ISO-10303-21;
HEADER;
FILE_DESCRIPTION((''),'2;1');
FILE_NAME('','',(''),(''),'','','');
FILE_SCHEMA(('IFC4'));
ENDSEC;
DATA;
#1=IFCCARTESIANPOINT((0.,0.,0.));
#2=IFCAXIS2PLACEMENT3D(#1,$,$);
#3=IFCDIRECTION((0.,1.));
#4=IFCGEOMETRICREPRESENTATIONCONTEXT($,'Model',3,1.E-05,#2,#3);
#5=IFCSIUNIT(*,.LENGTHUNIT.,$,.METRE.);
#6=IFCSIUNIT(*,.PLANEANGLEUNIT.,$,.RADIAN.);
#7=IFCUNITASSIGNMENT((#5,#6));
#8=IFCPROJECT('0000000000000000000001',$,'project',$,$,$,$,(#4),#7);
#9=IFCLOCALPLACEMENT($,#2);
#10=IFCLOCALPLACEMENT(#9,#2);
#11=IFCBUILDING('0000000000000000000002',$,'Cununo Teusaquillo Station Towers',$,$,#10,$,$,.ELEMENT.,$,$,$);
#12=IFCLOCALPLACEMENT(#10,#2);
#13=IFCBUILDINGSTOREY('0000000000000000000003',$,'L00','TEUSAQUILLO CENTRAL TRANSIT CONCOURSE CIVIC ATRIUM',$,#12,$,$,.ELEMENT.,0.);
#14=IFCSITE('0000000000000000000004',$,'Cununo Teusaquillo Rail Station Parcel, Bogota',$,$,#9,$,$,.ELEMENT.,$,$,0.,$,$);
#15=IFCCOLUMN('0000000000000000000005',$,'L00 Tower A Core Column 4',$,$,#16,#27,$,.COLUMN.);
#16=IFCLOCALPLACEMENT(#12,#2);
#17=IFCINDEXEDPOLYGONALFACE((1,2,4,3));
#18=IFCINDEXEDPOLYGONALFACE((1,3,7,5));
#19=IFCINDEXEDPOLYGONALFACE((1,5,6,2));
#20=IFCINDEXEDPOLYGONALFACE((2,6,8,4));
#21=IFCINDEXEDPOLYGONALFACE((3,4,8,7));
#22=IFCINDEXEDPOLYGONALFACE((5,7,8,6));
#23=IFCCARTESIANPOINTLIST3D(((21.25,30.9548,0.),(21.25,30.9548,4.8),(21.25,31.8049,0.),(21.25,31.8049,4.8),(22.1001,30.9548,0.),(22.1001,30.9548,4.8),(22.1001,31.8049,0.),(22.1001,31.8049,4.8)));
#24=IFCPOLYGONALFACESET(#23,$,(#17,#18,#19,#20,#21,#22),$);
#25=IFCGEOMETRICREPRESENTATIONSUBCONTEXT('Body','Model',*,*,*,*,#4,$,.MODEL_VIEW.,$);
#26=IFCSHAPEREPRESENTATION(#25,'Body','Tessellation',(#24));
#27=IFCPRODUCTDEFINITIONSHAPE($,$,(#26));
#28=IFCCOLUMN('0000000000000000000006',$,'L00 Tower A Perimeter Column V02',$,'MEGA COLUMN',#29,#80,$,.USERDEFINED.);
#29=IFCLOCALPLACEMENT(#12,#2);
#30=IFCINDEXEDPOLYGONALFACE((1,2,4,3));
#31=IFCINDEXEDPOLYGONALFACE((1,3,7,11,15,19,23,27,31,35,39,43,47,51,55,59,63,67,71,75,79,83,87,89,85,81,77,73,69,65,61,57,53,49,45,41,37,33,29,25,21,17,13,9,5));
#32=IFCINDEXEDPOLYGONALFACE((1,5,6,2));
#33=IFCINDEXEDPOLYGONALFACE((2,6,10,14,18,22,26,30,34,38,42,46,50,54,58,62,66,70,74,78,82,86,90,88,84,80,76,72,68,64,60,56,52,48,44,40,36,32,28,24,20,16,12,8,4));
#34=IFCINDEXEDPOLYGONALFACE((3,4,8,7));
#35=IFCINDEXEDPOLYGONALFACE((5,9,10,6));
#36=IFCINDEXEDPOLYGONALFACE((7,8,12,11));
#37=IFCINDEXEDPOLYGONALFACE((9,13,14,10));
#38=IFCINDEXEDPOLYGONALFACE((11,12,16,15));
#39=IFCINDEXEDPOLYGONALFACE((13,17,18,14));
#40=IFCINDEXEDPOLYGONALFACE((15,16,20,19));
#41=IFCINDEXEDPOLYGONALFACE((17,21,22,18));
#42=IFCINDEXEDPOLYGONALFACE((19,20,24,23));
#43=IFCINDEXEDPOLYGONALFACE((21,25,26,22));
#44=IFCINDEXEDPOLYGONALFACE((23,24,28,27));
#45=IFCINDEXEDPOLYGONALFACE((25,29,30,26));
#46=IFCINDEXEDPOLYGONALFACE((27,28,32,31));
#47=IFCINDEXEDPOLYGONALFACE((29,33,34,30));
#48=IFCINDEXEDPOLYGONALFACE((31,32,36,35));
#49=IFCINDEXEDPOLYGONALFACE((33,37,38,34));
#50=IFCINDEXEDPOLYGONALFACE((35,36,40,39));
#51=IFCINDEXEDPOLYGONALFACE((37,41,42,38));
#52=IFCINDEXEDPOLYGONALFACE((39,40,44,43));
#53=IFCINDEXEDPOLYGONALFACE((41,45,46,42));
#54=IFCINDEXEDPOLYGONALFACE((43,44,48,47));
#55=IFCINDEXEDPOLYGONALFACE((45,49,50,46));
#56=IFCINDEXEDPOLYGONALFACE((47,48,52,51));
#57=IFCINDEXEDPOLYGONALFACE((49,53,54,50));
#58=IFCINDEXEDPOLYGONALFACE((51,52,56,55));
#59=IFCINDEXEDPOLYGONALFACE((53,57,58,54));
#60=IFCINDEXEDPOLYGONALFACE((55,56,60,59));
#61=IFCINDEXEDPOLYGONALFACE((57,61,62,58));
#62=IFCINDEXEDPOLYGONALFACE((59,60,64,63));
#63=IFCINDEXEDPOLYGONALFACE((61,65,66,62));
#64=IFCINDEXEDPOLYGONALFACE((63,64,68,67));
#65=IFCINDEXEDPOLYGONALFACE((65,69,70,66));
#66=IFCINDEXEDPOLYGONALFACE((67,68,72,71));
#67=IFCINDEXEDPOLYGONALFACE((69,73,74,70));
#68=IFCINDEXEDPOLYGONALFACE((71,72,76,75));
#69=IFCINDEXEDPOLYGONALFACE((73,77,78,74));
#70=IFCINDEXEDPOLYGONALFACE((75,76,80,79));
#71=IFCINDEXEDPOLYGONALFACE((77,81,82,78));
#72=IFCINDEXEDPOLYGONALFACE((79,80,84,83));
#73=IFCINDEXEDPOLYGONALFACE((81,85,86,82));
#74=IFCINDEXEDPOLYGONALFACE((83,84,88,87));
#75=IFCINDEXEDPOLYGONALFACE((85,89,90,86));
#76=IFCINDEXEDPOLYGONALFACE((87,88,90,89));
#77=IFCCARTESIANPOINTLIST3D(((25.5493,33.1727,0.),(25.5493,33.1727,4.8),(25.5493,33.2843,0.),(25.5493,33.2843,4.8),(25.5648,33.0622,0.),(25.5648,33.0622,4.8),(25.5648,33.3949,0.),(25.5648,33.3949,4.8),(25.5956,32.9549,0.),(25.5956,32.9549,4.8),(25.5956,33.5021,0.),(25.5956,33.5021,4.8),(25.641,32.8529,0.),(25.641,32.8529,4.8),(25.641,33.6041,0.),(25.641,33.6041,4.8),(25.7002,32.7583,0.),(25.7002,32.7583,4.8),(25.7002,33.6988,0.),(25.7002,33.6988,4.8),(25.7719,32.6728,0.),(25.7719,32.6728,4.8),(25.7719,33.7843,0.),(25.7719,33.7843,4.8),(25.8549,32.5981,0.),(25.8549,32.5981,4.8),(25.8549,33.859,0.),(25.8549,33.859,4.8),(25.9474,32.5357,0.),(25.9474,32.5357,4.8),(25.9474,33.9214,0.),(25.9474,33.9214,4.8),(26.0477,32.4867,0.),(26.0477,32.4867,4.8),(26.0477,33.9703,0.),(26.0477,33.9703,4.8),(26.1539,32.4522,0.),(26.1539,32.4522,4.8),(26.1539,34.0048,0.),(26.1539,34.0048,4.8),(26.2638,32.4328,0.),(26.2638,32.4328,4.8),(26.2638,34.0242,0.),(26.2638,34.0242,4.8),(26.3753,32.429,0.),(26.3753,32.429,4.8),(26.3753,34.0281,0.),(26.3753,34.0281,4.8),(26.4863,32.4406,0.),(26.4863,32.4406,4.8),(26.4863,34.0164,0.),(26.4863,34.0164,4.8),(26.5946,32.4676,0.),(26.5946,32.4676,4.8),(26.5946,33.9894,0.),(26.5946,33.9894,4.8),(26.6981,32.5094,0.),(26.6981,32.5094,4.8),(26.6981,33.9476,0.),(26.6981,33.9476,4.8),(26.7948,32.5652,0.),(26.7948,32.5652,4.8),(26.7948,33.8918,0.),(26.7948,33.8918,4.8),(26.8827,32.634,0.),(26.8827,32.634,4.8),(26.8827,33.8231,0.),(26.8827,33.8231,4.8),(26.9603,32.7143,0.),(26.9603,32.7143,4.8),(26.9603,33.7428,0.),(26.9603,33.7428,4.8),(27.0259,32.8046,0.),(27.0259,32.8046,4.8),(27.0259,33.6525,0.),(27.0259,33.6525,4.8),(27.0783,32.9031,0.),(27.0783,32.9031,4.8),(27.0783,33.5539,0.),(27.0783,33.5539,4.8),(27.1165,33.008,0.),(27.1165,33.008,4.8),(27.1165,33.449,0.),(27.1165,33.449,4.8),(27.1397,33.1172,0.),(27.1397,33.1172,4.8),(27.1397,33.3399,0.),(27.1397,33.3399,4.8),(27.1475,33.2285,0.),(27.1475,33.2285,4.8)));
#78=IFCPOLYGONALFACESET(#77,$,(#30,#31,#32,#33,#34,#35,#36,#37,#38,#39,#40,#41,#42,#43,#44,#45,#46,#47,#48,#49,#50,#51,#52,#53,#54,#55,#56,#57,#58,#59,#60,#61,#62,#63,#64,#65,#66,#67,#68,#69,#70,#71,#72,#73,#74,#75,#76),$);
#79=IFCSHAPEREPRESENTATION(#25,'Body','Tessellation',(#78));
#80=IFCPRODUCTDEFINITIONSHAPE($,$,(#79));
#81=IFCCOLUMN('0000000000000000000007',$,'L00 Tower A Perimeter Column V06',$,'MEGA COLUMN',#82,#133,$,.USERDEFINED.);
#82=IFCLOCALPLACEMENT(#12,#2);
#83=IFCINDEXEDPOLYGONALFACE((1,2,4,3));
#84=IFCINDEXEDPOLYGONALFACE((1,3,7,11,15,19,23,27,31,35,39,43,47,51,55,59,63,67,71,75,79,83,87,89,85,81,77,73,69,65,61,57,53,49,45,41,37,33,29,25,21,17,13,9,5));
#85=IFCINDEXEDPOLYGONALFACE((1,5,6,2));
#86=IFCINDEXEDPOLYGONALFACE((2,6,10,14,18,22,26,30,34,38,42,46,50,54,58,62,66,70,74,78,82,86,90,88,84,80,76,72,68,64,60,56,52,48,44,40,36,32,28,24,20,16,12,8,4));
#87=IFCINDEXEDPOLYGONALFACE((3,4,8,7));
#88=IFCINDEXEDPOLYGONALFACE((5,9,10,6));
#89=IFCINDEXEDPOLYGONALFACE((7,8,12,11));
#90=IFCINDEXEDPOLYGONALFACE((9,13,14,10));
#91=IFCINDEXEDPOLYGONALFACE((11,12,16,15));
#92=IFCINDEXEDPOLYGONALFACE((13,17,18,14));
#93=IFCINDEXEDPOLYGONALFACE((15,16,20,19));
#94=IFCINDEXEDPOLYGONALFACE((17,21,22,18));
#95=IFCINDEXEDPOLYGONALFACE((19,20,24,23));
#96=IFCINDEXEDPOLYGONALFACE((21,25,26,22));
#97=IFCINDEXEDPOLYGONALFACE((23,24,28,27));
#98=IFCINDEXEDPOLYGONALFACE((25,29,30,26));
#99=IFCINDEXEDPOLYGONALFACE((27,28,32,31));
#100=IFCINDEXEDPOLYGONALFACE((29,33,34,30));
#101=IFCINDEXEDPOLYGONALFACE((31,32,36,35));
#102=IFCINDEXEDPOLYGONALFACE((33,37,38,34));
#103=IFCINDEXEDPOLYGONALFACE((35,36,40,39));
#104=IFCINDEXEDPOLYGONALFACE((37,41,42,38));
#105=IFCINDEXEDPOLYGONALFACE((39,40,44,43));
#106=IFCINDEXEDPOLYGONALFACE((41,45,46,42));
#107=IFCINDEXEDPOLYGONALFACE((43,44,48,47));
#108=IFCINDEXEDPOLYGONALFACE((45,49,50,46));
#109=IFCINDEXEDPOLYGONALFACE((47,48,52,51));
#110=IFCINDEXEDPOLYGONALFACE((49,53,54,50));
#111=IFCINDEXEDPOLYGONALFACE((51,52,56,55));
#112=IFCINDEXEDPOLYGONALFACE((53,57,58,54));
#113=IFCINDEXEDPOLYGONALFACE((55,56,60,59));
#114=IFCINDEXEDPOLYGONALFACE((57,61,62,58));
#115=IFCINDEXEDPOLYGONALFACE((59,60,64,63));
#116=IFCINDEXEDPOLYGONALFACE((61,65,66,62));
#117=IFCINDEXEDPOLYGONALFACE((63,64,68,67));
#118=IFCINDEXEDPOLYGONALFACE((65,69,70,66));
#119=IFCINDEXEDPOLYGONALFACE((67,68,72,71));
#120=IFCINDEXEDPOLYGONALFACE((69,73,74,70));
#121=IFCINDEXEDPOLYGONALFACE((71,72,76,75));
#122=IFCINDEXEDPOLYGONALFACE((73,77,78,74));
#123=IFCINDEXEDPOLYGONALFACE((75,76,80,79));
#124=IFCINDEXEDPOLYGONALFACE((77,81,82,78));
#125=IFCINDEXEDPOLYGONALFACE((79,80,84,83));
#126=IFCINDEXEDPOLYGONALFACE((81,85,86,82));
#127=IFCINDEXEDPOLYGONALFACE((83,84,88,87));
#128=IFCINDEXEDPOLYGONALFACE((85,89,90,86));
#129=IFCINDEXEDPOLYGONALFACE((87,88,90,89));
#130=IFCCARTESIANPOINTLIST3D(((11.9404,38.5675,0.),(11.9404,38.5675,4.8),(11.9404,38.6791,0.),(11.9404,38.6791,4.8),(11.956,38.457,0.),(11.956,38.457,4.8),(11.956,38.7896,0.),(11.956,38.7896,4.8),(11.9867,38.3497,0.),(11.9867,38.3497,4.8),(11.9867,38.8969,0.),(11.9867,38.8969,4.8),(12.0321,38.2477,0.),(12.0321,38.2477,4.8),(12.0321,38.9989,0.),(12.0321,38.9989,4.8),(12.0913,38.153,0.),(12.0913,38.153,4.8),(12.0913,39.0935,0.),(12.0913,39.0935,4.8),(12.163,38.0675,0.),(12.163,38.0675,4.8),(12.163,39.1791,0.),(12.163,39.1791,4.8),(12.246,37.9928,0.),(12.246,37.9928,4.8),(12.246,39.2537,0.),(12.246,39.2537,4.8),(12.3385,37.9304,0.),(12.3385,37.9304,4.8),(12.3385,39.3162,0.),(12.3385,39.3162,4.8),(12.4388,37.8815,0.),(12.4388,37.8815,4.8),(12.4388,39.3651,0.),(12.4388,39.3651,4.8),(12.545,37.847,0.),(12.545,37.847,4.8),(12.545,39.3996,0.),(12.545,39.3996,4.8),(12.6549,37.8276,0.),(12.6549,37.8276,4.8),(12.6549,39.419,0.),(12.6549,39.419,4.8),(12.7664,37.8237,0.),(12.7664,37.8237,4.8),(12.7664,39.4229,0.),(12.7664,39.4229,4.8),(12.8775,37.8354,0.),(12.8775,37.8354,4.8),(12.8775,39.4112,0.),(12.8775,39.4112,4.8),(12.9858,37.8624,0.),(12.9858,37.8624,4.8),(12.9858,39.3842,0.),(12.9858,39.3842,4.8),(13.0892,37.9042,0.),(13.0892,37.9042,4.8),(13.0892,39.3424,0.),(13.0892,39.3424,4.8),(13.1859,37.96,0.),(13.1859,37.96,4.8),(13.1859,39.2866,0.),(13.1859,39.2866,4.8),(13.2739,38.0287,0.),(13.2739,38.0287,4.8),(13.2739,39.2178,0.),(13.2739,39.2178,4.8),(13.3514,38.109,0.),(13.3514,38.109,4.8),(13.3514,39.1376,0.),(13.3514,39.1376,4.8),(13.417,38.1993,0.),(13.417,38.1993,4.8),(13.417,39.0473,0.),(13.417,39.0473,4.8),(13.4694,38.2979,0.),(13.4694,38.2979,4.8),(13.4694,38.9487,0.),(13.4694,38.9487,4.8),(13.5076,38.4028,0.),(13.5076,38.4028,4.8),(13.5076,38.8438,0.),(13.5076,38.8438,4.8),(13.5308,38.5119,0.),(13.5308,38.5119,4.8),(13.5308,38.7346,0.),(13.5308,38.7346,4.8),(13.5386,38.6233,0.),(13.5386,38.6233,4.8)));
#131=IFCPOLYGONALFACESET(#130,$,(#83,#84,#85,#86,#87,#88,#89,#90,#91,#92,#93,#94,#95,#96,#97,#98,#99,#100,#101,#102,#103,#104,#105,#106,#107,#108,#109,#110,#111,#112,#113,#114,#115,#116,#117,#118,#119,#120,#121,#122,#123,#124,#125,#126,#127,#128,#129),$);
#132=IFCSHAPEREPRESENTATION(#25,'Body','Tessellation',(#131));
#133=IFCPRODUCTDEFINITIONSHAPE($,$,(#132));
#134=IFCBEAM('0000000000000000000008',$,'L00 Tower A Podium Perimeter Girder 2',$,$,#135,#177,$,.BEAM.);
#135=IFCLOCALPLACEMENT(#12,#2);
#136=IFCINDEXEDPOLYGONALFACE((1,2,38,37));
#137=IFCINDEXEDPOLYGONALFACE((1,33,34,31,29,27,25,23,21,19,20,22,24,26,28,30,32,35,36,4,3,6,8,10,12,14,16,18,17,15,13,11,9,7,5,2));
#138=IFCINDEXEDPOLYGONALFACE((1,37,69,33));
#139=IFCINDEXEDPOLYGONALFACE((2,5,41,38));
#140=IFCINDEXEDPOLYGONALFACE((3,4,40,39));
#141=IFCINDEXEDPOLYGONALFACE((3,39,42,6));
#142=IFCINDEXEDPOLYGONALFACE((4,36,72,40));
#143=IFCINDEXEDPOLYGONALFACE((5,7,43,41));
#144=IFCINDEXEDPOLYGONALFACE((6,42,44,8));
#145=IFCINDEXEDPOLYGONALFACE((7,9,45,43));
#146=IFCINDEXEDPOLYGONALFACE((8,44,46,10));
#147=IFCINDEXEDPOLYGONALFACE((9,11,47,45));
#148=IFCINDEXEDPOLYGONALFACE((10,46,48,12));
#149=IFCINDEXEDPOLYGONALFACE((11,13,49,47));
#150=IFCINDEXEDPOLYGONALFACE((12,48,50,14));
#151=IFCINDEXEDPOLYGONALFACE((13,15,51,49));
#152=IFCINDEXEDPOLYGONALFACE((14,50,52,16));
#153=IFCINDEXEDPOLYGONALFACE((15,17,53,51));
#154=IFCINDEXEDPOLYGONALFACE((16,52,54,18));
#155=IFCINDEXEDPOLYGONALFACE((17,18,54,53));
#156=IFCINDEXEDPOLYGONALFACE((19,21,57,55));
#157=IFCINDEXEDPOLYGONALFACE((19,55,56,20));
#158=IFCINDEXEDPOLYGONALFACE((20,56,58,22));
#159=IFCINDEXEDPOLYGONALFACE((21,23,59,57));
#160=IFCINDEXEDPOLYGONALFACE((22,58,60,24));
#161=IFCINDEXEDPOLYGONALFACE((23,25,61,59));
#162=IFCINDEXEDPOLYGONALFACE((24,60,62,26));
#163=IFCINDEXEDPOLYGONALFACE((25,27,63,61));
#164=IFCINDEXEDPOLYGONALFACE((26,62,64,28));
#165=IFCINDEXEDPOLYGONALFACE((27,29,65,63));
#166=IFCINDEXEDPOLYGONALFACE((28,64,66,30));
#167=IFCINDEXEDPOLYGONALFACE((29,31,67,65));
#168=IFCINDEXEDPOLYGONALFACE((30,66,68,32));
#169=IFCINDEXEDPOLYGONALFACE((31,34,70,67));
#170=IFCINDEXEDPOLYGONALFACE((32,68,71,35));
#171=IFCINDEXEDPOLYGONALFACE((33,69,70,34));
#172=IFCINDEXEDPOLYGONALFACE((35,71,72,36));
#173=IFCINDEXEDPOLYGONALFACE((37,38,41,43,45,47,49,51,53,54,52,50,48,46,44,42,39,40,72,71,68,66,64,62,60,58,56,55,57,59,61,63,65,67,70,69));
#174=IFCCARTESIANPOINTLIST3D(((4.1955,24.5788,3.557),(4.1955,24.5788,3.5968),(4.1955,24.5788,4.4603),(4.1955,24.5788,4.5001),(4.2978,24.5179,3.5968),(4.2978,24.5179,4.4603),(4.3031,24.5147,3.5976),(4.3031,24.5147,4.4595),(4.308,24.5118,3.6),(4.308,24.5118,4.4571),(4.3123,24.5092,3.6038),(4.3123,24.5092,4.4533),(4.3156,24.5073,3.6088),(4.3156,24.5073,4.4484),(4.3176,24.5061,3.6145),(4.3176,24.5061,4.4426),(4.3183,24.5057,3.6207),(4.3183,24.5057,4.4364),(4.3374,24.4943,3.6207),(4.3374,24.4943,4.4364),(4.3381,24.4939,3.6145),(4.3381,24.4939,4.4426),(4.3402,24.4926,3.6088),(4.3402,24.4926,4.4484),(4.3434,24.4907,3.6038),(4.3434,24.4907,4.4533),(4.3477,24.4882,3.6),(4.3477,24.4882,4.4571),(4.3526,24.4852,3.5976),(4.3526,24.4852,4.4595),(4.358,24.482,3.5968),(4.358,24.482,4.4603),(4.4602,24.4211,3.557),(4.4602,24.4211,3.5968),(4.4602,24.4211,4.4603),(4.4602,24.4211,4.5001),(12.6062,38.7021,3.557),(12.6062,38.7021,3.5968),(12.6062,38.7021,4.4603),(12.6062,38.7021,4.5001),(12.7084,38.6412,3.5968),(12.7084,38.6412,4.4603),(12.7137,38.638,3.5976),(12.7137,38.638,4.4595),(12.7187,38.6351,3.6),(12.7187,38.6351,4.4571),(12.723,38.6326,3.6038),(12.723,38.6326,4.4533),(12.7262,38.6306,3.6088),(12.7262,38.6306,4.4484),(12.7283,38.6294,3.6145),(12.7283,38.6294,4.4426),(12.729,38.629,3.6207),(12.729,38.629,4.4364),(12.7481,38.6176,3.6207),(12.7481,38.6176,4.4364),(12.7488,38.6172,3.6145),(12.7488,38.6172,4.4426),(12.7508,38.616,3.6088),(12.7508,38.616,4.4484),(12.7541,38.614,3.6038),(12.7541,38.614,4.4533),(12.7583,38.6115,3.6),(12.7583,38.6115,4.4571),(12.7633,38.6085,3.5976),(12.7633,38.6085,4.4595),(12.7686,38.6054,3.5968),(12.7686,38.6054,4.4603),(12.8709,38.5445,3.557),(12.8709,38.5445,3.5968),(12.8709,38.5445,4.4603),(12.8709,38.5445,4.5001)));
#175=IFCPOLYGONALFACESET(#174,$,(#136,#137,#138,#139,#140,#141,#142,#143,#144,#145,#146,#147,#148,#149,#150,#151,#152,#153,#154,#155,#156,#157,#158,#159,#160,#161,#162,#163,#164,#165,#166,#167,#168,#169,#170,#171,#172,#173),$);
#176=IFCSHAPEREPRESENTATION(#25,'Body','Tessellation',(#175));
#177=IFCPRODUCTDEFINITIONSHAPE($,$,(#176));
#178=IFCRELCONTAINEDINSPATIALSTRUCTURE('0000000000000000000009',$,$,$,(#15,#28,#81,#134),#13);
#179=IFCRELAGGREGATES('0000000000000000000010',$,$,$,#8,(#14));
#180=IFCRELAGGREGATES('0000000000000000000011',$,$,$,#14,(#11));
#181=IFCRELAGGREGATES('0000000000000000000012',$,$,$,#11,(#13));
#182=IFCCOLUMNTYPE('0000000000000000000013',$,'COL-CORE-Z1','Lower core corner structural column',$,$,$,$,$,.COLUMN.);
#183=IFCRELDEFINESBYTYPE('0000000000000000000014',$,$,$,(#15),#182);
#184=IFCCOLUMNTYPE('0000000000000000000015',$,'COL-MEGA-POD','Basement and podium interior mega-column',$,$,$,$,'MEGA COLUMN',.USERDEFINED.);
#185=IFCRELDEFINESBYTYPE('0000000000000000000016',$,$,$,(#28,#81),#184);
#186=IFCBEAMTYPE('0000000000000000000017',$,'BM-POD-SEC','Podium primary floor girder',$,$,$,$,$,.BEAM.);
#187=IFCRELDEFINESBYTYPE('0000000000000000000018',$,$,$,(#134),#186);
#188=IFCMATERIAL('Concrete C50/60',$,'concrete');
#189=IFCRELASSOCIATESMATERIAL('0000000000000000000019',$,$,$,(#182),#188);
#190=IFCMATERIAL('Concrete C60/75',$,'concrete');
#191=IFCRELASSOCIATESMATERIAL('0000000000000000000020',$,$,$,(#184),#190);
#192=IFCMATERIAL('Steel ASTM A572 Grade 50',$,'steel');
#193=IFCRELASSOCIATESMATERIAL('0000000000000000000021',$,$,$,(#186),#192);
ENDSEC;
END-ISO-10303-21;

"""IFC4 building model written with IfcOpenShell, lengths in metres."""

from ifc_helpers import new_model, si_unit, direction, frame, origin, origin_2d, place, context, subcontext, project, spatial, rectangle, circle, i_section, extrude, material, material_profile, profile_set, type_object, element, save


model = new_model("IFC4")

# Units and contexts
model_context = context("Model", 3, precision=1e-05, world=origin(), true_north=direction((0.0, 1.0)))
body_context = subcontext(model_context, "Body", "Model", "MODEL_VIEW")
ifc_project = project(units=[si_unit("LENGTHUNIT", "METRE"), si_unit("PLANEANGLEUNIT", "RADIAN")], contexts=[model_context])

# Site, building, storey
site_placement = place(None, origin())
site = spatial("IfcSite", under=ifc_project, at=site_placement, Name="Cununo Teusaquillo Rail Station Parcel, Bogota", CompositionType="ELEMENT", RefElevation=0.0)
building_placement = place(site_placement, origin())
building = spatial("IfcBuilding", under=site, at=building_placement, Name="Cununo Teusaquillo Station Towers", CompositionType="ELEMENT")
storey_placement = place(building_placement, origin())
storey = spatial("IfcBuildingStorey", under=building, at=storey_placement, Name="L00", Description="TEUSAQUILLO CENTRAL TRANSIT CONCOURSE CIVIC ATRIUM", CompositionType="ELEMENT", Elevation=0.0)

# Columns
ifc_material_1 = material(Name="Concrete C50/60", Category="concrete")
ifc_material_profile_1 = material_profile(ifc_material_1, rectangle(XDim=0.8501, YDim=0.8501, at=origin_2d()), Name="RC-RECT-850x850")
ifc_profile_set_1 = profile_set([ifc_material_profile_1], Name="Concrete C50/60")
column_type_1 = type_object("IfcColumnType", Name="COL-CORE-Z1", Description="Lower core corner structural column", PredefinedType="COLUMN", material=ifc_profile_set_1)
column_placement = place(storey_placement, frame((21.675, 31.3799, 0.0), z_axis=(0.0, 0.0, 1.0), x_axis=(1.0, 0.0, 0.0)))
element("IfcColumn", 1, at=column_placement, inside=storey, type_object=column_type_1, Name="L00 Tower A Core Column 4", PredefinedType="COLUMN", context=body_context, shape_type="SweptSolid", body=[
    extrude(rectangle(XDim=0.8501, YDim=0.8501, at=origin_2d()), origin(), (0.0, 0.0, 1.0), 4.8),
])
ifc_material_2 = material(Name="Concrete C60/75", Category="concrete")
ifc_material_profile_2 = material_profile(ifc_material_2, circle(Radius=0.8, at=origin_2d()), Name="RC-CIRC-1600")
ifc_profile_set_2 = profile_set([ifc_material_profile_2], Name="Concrete C60/75")
column_type_2 = type_object("IfcColumnType", Name="COL-MEGA-POD", Description="Basement and podium interior mega-column", ElementType="MEGA COLUMN", PredefinedType="USERDEFINED", material=ifc_profile_set_2)
for number, where, z_axis, x_axis, name in (
    (2, (26.3474, 33.2285, 0.0), (0.0, 0.0, 1.0), (1.0, 0.0, 0.0), "L00 Tower A Perimeter Column V02"),
    (3, (12.7385, 38.6233, 0.0), (0.0, 0.0, 1.0), (1.0, 0.0, 0.0), "L00 Tower A Perimeter Column V06"),
):
    element("IfcColumn", number, at=place(storey_placement, frame(where, z_axis=z_axis, x_axis=x_axis)), inside=storey, type_object=column_type_2, Name=name, ObjectType="MEGA COLUMN", PredefinedType="USERDEFINED", context=body_context, shape_type="SweptSolid", body=[
        extrude(circle(Radius=0.8, at=origin_2d()), origin(), (0.0, 0.0, 1.0), 4.8),
    ])

# Beam
ifc_material_3 = material(Name="Steel ASTM A572 Grade 50", Category="steel")
ifc_material_profile_3 = material_profile(ifc_material_3, i_section(OverallWidth=0.3081, OverallDepth=0.9431, WebThickness=0.0222, FlangeThickness=0.0398, FilletRadius=0.0239, at=origin_2d()), Name="W36X232")
ifc_profile_set_3 = profile_set([ifc_material_profile_3], Name="Steel ASTM A572 Grade 50")
beam_type = type_object("IfcBeamType", Name="BM-POD-SEC", Description="Podium primary floor girder", PredefinedType="BEAM", material=ifc_profile_set_3)
beam_1_placement = place(storey_placement, frame((12.7385, 38.6233, 4.0286), z_axis=(-0.51166, -0.859188, 0.0), x_axis=(0.859188, -0.51166, 0.0)))
element("IfcBeam", 4, at=beam_1_placement, inside=storey, type_object=beam_type, Name="L00 Tower A Podium Perimeter Girder 2", PredefinedType="BEAM", context=body_context, shape_type="SweptSolid", body=[
    extrude(i_section(OverallWidth=0.3081, OverallDepth=0.9431, WebThickness=0.0222, FlangeThickness=0.0398, FilletRadius=0.0239, at=origin_2d()), origin(), (0.0, 0.0, 1.0), 16.438),
])

save(model, "model.ifc")
